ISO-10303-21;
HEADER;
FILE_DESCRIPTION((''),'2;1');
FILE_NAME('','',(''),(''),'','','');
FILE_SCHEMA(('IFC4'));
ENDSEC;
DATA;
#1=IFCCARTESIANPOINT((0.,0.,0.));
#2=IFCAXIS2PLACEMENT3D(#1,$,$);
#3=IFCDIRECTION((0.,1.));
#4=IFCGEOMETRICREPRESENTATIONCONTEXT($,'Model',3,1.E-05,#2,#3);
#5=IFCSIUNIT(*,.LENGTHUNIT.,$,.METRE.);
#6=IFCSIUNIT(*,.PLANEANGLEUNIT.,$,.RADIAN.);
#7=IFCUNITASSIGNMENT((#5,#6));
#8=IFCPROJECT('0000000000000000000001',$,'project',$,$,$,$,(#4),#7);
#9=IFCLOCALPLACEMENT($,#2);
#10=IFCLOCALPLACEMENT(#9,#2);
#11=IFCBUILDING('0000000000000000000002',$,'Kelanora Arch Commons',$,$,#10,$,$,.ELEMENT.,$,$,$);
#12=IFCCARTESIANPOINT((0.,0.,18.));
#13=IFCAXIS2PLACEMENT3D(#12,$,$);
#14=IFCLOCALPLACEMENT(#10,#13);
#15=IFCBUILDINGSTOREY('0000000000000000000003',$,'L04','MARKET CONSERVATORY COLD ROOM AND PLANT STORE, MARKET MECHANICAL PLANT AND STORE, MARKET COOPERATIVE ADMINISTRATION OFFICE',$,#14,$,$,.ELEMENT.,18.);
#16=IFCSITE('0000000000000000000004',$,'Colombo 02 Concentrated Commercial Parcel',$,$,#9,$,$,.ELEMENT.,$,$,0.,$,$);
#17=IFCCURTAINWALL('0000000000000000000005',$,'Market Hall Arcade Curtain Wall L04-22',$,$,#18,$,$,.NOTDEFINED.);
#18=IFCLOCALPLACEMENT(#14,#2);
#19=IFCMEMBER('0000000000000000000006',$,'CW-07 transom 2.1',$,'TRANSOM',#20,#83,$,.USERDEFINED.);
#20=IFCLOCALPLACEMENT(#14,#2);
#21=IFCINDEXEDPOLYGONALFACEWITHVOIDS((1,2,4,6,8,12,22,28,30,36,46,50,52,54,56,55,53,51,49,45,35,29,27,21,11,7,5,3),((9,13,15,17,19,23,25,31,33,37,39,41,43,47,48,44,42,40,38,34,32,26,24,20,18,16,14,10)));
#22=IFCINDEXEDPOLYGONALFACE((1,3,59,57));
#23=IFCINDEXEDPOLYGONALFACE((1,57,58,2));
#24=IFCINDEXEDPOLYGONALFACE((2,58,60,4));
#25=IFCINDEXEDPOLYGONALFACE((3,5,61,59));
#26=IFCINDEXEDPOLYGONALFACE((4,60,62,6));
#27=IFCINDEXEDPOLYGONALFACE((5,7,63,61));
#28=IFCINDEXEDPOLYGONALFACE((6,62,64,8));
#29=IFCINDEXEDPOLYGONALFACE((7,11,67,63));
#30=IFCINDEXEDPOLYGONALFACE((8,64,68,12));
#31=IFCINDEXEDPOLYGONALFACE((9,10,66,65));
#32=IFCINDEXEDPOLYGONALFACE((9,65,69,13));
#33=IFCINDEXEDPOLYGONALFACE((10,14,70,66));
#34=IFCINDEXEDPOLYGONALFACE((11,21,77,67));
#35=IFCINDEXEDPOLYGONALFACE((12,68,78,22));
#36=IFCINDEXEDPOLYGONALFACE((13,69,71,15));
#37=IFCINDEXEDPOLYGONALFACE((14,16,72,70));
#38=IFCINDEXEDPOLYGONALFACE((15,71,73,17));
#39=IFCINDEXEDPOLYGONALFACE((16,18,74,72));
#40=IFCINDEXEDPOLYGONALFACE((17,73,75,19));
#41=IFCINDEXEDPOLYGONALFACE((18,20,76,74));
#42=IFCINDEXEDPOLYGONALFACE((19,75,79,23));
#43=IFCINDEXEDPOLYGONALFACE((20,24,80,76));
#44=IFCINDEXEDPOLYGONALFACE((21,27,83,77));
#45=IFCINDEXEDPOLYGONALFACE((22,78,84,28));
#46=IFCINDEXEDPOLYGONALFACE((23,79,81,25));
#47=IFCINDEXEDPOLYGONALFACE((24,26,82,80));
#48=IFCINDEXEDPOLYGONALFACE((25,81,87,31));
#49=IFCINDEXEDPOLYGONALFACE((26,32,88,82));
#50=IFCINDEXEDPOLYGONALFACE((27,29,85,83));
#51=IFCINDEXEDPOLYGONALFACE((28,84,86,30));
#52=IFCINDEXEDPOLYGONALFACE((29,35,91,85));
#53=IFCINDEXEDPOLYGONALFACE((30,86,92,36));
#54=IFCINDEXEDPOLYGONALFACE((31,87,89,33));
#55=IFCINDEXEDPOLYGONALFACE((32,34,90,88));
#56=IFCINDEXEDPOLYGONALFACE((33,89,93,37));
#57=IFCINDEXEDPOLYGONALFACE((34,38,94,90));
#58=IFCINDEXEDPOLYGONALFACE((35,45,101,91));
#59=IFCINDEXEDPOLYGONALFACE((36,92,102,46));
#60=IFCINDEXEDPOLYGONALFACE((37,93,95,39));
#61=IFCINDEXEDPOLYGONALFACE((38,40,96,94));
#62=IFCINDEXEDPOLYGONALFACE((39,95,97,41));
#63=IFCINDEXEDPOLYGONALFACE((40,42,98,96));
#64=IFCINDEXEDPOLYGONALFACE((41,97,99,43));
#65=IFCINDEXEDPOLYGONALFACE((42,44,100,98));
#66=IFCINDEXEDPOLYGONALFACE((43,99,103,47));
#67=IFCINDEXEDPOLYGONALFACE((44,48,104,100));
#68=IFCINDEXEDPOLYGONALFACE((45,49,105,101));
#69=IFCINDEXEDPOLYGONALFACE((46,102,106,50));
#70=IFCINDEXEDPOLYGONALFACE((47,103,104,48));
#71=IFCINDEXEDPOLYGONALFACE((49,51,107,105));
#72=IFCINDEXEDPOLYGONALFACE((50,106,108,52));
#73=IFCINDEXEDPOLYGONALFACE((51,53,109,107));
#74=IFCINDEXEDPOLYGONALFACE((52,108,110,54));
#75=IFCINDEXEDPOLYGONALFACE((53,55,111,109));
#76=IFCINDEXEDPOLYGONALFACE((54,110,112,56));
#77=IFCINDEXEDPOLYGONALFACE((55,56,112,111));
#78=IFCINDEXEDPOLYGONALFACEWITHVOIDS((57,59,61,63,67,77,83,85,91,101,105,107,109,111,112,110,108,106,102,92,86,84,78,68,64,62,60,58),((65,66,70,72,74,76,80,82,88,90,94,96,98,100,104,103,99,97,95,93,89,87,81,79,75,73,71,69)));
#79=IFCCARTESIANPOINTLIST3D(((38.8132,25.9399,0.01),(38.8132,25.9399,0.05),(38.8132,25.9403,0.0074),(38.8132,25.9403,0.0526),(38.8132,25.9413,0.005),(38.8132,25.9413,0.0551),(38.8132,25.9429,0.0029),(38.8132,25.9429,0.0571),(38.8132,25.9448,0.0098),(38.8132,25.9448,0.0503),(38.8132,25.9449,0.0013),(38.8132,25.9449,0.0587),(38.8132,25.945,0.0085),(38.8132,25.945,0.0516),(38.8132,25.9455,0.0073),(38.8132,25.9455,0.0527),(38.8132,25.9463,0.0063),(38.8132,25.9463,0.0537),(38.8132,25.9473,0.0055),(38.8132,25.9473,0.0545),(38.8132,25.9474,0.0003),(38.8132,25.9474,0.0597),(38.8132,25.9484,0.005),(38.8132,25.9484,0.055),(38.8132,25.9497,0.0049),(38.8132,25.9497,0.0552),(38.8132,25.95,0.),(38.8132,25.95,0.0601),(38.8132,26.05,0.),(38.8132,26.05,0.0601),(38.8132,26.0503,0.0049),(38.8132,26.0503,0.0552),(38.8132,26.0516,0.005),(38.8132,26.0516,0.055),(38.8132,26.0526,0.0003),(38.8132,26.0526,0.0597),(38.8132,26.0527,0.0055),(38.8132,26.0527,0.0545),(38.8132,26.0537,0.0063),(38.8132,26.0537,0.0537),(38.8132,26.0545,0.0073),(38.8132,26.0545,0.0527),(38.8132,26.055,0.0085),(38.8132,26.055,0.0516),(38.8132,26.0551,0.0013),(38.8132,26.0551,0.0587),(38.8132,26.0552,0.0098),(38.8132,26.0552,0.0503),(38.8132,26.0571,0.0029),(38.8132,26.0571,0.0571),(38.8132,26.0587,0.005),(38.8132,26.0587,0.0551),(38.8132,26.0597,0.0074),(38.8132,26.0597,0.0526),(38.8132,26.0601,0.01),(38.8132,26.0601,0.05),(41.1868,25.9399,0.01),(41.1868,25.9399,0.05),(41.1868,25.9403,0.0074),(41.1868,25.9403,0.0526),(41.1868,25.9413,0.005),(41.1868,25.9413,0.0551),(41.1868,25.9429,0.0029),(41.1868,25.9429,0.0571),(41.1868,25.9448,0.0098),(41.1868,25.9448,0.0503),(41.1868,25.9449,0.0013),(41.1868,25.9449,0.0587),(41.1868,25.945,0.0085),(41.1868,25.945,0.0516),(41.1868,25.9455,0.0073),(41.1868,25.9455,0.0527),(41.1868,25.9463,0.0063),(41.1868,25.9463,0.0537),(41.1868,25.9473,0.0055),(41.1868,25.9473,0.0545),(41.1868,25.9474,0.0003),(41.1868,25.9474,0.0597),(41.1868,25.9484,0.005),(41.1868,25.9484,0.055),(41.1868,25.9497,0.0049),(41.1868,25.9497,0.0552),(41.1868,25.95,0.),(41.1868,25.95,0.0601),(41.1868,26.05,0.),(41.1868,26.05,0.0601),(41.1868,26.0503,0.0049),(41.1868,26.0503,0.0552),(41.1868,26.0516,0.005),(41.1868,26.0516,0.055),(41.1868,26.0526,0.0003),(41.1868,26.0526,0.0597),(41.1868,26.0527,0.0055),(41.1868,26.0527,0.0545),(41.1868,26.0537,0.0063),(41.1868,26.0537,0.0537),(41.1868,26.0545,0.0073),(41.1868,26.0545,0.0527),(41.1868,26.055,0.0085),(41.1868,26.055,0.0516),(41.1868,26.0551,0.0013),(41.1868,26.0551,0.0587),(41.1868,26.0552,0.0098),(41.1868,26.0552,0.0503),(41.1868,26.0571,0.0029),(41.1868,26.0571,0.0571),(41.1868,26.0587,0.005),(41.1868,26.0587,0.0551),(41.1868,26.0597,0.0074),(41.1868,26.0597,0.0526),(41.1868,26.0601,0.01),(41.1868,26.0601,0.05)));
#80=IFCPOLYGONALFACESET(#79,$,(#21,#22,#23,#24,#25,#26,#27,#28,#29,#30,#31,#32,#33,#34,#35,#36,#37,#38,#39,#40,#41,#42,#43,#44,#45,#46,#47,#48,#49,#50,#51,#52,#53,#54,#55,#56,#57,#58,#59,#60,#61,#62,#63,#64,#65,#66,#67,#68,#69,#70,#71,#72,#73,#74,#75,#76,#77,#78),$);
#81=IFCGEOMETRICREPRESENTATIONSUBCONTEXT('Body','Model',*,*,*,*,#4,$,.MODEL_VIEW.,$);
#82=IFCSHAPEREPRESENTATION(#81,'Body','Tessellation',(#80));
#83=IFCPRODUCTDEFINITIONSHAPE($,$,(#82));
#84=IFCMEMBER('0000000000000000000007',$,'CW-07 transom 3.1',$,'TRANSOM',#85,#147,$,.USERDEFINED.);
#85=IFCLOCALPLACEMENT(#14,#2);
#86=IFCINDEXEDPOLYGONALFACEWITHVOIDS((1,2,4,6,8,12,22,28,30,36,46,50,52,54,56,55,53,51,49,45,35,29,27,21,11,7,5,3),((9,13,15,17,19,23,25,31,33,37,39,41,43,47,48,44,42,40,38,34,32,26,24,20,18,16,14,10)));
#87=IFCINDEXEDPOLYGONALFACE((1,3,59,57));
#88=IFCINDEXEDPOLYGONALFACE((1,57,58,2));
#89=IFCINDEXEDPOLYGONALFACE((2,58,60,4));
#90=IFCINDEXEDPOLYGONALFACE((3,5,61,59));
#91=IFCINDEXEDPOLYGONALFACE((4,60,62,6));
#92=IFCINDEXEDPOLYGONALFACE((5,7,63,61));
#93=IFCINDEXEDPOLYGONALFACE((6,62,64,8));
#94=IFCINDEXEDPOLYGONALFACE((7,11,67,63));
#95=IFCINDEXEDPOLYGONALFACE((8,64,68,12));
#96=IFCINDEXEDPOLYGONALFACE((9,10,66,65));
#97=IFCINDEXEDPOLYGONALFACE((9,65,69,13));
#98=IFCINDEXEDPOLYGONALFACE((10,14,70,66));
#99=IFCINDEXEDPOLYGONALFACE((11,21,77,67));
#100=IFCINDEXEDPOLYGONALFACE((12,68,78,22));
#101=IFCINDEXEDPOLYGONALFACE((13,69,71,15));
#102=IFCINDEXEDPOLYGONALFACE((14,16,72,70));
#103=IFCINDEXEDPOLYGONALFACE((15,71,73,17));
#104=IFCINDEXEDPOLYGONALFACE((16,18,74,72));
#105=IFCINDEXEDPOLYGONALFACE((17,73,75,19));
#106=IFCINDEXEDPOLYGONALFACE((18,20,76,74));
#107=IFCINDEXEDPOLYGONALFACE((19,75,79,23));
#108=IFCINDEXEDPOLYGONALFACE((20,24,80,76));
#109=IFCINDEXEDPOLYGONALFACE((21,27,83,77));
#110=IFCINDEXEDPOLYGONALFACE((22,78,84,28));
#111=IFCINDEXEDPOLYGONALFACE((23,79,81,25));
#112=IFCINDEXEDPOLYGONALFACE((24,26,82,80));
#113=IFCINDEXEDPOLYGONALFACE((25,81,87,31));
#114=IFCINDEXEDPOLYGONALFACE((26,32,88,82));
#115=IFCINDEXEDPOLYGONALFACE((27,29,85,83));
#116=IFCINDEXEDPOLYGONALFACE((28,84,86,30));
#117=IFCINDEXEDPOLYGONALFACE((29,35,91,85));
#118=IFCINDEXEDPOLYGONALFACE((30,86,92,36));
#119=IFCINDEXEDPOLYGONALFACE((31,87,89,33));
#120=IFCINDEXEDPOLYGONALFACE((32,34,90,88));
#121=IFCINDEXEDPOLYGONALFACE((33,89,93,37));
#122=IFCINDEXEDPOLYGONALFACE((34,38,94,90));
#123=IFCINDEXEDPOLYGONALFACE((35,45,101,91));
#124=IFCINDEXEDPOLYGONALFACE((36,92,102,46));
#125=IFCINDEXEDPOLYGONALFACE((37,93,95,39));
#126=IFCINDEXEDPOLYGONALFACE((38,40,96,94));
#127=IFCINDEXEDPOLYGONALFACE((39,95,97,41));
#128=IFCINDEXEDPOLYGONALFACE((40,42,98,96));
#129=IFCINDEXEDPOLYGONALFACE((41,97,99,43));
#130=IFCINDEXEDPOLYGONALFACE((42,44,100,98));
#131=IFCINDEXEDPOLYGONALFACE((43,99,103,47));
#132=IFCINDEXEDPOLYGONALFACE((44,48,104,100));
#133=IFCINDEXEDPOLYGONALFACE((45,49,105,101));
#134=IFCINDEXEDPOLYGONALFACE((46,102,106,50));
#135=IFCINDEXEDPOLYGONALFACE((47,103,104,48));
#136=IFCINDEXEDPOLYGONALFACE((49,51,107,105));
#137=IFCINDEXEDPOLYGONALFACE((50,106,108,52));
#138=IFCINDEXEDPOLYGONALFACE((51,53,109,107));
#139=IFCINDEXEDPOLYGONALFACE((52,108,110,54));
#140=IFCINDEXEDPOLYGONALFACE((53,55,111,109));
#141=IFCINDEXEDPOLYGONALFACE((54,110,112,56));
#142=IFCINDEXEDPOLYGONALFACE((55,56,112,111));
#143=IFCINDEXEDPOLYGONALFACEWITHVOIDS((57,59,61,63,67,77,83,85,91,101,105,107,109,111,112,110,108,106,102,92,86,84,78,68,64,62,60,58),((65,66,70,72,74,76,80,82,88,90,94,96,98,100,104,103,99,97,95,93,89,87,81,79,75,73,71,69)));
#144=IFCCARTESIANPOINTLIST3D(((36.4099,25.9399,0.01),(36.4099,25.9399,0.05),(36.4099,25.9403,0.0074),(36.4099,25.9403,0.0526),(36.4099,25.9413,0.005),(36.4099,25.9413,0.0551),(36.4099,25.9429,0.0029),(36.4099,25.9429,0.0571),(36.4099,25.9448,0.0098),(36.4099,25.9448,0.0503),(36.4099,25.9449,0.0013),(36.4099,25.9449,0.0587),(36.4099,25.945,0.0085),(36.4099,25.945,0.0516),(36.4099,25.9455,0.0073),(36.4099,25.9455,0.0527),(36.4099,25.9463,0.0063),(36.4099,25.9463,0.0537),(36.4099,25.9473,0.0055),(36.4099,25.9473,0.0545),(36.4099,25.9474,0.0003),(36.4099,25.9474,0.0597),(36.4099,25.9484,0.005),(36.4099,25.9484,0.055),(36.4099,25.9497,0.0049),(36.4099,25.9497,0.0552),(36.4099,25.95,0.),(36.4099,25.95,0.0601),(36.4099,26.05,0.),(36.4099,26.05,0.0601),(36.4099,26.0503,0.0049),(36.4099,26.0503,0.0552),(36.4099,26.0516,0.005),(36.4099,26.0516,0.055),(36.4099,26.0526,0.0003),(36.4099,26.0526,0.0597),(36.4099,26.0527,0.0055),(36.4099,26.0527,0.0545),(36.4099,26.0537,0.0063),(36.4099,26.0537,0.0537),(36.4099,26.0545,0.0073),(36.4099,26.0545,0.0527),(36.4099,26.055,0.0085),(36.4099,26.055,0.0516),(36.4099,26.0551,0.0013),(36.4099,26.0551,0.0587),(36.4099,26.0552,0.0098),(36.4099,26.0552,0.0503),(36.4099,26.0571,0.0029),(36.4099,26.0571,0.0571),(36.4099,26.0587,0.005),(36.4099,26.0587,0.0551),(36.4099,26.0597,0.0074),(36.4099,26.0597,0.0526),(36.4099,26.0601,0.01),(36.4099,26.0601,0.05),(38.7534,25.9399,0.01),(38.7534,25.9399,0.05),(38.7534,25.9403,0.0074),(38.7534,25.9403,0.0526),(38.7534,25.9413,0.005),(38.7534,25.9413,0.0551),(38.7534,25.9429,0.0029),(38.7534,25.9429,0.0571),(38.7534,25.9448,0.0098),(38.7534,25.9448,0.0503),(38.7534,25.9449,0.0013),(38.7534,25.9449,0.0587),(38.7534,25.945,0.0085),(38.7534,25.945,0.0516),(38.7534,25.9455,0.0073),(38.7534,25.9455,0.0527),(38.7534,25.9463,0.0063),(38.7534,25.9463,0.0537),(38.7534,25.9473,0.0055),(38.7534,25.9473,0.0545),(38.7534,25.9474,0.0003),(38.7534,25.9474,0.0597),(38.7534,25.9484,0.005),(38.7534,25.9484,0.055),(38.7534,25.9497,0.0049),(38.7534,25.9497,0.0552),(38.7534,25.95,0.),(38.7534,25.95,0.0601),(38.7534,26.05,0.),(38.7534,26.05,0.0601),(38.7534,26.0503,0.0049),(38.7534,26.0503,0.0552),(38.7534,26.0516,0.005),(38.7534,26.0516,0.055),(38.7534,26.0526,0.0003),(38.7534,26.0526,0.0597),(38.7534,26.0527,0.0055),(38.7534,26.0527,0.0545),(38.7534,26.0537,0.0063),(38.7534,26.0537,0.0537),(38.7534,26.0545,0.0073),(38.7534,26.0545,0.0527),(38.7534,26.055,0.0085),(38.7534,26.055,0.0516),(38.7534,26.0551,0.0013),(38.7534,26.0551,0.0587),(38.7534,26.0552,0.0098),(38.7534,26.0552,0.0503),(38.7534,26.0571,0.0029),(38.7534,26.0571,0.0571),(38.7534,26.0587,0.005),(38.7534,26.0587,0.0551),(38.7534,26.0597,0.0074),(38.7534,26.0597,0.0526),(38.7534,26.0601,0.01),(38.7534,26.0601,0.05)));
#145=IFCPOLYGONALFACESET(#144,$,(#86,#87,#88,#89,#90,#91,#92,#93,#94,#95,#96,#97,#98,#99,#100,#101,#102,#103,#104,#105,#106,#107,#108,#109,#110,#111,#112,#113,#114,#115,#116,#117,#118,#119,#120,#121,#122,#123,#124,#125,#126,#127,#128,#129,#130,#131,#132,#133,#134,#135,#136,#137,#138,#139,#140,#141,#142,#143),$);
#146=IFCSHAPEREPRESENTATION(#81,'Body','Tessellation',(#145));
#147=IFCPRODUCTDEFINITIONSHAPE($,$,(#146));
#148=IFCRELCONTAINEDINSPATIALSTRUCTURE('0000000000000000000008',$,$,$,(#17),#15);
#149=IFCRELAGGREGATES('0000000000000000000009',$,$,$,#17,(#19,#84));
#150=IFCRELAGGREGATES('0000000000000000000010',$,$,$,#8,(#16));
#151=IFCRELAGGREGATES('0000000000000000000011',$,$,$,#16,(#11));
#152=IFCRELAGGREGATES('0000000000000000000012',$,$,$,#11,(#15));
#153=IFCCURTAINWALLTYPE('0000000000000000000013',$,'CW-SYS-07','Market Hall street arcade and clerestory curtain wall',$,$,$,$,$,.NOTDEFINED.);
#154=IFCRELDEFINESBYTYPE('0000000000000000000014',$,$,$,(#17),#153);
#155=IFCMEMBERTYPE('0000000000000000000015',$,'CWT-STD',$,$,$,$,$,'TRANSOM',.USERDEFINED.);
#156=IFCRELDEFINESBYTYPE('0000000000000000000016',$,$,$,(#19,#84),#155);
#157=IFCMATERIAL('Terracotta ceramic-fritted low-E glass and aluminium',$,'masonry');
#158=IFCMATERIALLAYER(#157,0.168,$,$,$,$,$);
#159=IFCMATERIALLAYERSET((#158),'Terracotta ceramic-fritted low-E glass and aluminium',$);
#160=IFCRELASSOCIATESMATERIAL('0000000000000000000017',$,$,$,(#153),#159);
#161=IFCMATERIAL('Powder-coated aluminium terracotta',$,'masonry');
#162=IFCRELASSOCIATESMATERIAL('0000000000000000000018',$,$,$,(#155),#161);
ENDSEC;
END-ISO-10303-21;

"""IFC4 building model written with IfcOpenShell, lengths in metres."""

from ifc_helpers import new_model, si_unit, direction, frame, origin, origin_2d, place, context, subcontext, project, spatial, hollow_rectangle, extrude, material, layer, layer_set, material_profile, profile_set, type_object, element, aggregate, save


model = new_model("IFC4")

# Units and contexts
model_context = context("Model", 3, precision=1e-05, world=origin(), true_north=direction((0.0, 1.0)))
body_context = subcontext(model_context, "Body", "Model", "MODEL_VIEW")
ifc_project = project(units=[si_unit("LENGTHUNIT", "METRE"), si_unit("PLANEANGLEUNIT", "RADIAN")], contexts=[model_context])

# Site, building, storey
site_placement = place(None, origin())
site = spatial("IfcSite", under=ifc_project, at=site_placement, Name="Colombo 02 Concentrated Commercial Parcel", CompositionType="ELEMENT", RefElevation=0.0)
building_placement = place(site_placement, origin())
building = spatial("IfcBuilding", under=site, at=building_placement, Name="Kelanora Arch Commons", CompositionType="ELEMENT")
storey_placement = place(building_placement, frame((0.0, 0.0, 18.0)))
storey = spatial("IfcBuildingStorey", under=building, at=storey_placement, Name="L04", Description="MARKET CONSERVATORY COLD ROOM AND PLANT STORE, MARKET MECHANICAL PLANT AND STORE, MARKET COOPERATIVE ADMINISTRATION OFFICE", CompositionType="ELEMENT", Elevation=18.0)

# Curtain wall, members
ifc_material_1 = material(Name="Terracotta ceramic-fritted low-E glass and aluminium", Category="masonry")
ifc_layer_1 = layer(ifc_material_1, 0.168)
ifc_layer_set_1 = layer_set([ifc_layer_1], Name="Terracotta ceramic-fritted low-E glass and aluminium")
curtain_wall_type = type_object("IfcCurtainWallType", Name="CW-SYS-07", Description="Market Hall street arcade and clerestory curtain wall", PredefinedType="NOTDEFINED", material=ifc_layer_set_1)
curtain_wall_placement = place(storey_placement, origin())
curtain_wall = element("IfcCurtainWall", 1, at=curtain_wall_placement, inside=storey, type_object=curtain_wall_type, Name="Market Hall Arcade Curtain Wall L04-22", PredefinedType="NOTDEFINED")
ifc_material_2 = material(Name="Powder-coated aluminium terracotta", Category="masonry")
ifc_material_profile_1 = material_profile(ifc_material_2, hollow_rectangle(XDim=0.1201, YDim=0.0601, WallThickness=0.0049, InnerFilletRadius=0.0049, OuterFilletRadius=0.01, at=origin_2d()), Name="CWT120x60")
ifc_profile_set_1 = profile_set([ifc_material_profile_1], Name="Powder-coated aluminium terracotta")
member_type_1 = type_object("IfcMemberType", Name="CWT-STD", ElementType="TRANSOM", PredefinedType="USERDEFINED", material=ifc_profile_set_1)
member_1_placement = place(storey_placement, frame((41.1868, 26.0, 0.03), z_axis=(-1.0, 0.0, 0.0), x_axis=(0.0, -1.0, 0.0)))
member_1 = element("IfcMember", 2, at=member_1_placement, type_object=member_type_1, Name="CW-07 transom 2.1", ObjectType="TRANSOM", PredefinedType="USERDEFINED", context=body_context, shape_type="SweptSolid", body=[
    extrude(hollow_rectangle(XDim=0.1201, YDim=0.0601, WallThickness=0.0049, InnerFilletRadius=0.0049, OuterFilletRadius=0.01, at=origin_2d()), origin(), (0.0, 0.0, 1.0), 2.3735),
])
member_2_placement = place(storey_placement, frame((38.7534, 26.0, 0.03), z_axis=(-1.0, 0.0, 0.0), x_axis=(0.0, -1.0, 0.0)))
member_2 = element("IfcMember", 3, at=member_2_placement, type_object=member_type_1, Name="CW-07 transom 3.1", ObjectType="TRANSOM", PredefinedType="USERDEFINED", context=body_context, shape_type="SweptSolid", body=[
    extrude(hollow_rectangle(XDim=0.1201, YDim=0.0601, WallThickness=0.0049, InnerFilletRadius=0.0049, OuterFilletRadius=0.01, at=origin_2d()), origin(), (0.0, 0.0, 1.0), 2.3435),
])

aggregate(curtain_wall, [member_1, member_2])

save(model, "model.ifc")
